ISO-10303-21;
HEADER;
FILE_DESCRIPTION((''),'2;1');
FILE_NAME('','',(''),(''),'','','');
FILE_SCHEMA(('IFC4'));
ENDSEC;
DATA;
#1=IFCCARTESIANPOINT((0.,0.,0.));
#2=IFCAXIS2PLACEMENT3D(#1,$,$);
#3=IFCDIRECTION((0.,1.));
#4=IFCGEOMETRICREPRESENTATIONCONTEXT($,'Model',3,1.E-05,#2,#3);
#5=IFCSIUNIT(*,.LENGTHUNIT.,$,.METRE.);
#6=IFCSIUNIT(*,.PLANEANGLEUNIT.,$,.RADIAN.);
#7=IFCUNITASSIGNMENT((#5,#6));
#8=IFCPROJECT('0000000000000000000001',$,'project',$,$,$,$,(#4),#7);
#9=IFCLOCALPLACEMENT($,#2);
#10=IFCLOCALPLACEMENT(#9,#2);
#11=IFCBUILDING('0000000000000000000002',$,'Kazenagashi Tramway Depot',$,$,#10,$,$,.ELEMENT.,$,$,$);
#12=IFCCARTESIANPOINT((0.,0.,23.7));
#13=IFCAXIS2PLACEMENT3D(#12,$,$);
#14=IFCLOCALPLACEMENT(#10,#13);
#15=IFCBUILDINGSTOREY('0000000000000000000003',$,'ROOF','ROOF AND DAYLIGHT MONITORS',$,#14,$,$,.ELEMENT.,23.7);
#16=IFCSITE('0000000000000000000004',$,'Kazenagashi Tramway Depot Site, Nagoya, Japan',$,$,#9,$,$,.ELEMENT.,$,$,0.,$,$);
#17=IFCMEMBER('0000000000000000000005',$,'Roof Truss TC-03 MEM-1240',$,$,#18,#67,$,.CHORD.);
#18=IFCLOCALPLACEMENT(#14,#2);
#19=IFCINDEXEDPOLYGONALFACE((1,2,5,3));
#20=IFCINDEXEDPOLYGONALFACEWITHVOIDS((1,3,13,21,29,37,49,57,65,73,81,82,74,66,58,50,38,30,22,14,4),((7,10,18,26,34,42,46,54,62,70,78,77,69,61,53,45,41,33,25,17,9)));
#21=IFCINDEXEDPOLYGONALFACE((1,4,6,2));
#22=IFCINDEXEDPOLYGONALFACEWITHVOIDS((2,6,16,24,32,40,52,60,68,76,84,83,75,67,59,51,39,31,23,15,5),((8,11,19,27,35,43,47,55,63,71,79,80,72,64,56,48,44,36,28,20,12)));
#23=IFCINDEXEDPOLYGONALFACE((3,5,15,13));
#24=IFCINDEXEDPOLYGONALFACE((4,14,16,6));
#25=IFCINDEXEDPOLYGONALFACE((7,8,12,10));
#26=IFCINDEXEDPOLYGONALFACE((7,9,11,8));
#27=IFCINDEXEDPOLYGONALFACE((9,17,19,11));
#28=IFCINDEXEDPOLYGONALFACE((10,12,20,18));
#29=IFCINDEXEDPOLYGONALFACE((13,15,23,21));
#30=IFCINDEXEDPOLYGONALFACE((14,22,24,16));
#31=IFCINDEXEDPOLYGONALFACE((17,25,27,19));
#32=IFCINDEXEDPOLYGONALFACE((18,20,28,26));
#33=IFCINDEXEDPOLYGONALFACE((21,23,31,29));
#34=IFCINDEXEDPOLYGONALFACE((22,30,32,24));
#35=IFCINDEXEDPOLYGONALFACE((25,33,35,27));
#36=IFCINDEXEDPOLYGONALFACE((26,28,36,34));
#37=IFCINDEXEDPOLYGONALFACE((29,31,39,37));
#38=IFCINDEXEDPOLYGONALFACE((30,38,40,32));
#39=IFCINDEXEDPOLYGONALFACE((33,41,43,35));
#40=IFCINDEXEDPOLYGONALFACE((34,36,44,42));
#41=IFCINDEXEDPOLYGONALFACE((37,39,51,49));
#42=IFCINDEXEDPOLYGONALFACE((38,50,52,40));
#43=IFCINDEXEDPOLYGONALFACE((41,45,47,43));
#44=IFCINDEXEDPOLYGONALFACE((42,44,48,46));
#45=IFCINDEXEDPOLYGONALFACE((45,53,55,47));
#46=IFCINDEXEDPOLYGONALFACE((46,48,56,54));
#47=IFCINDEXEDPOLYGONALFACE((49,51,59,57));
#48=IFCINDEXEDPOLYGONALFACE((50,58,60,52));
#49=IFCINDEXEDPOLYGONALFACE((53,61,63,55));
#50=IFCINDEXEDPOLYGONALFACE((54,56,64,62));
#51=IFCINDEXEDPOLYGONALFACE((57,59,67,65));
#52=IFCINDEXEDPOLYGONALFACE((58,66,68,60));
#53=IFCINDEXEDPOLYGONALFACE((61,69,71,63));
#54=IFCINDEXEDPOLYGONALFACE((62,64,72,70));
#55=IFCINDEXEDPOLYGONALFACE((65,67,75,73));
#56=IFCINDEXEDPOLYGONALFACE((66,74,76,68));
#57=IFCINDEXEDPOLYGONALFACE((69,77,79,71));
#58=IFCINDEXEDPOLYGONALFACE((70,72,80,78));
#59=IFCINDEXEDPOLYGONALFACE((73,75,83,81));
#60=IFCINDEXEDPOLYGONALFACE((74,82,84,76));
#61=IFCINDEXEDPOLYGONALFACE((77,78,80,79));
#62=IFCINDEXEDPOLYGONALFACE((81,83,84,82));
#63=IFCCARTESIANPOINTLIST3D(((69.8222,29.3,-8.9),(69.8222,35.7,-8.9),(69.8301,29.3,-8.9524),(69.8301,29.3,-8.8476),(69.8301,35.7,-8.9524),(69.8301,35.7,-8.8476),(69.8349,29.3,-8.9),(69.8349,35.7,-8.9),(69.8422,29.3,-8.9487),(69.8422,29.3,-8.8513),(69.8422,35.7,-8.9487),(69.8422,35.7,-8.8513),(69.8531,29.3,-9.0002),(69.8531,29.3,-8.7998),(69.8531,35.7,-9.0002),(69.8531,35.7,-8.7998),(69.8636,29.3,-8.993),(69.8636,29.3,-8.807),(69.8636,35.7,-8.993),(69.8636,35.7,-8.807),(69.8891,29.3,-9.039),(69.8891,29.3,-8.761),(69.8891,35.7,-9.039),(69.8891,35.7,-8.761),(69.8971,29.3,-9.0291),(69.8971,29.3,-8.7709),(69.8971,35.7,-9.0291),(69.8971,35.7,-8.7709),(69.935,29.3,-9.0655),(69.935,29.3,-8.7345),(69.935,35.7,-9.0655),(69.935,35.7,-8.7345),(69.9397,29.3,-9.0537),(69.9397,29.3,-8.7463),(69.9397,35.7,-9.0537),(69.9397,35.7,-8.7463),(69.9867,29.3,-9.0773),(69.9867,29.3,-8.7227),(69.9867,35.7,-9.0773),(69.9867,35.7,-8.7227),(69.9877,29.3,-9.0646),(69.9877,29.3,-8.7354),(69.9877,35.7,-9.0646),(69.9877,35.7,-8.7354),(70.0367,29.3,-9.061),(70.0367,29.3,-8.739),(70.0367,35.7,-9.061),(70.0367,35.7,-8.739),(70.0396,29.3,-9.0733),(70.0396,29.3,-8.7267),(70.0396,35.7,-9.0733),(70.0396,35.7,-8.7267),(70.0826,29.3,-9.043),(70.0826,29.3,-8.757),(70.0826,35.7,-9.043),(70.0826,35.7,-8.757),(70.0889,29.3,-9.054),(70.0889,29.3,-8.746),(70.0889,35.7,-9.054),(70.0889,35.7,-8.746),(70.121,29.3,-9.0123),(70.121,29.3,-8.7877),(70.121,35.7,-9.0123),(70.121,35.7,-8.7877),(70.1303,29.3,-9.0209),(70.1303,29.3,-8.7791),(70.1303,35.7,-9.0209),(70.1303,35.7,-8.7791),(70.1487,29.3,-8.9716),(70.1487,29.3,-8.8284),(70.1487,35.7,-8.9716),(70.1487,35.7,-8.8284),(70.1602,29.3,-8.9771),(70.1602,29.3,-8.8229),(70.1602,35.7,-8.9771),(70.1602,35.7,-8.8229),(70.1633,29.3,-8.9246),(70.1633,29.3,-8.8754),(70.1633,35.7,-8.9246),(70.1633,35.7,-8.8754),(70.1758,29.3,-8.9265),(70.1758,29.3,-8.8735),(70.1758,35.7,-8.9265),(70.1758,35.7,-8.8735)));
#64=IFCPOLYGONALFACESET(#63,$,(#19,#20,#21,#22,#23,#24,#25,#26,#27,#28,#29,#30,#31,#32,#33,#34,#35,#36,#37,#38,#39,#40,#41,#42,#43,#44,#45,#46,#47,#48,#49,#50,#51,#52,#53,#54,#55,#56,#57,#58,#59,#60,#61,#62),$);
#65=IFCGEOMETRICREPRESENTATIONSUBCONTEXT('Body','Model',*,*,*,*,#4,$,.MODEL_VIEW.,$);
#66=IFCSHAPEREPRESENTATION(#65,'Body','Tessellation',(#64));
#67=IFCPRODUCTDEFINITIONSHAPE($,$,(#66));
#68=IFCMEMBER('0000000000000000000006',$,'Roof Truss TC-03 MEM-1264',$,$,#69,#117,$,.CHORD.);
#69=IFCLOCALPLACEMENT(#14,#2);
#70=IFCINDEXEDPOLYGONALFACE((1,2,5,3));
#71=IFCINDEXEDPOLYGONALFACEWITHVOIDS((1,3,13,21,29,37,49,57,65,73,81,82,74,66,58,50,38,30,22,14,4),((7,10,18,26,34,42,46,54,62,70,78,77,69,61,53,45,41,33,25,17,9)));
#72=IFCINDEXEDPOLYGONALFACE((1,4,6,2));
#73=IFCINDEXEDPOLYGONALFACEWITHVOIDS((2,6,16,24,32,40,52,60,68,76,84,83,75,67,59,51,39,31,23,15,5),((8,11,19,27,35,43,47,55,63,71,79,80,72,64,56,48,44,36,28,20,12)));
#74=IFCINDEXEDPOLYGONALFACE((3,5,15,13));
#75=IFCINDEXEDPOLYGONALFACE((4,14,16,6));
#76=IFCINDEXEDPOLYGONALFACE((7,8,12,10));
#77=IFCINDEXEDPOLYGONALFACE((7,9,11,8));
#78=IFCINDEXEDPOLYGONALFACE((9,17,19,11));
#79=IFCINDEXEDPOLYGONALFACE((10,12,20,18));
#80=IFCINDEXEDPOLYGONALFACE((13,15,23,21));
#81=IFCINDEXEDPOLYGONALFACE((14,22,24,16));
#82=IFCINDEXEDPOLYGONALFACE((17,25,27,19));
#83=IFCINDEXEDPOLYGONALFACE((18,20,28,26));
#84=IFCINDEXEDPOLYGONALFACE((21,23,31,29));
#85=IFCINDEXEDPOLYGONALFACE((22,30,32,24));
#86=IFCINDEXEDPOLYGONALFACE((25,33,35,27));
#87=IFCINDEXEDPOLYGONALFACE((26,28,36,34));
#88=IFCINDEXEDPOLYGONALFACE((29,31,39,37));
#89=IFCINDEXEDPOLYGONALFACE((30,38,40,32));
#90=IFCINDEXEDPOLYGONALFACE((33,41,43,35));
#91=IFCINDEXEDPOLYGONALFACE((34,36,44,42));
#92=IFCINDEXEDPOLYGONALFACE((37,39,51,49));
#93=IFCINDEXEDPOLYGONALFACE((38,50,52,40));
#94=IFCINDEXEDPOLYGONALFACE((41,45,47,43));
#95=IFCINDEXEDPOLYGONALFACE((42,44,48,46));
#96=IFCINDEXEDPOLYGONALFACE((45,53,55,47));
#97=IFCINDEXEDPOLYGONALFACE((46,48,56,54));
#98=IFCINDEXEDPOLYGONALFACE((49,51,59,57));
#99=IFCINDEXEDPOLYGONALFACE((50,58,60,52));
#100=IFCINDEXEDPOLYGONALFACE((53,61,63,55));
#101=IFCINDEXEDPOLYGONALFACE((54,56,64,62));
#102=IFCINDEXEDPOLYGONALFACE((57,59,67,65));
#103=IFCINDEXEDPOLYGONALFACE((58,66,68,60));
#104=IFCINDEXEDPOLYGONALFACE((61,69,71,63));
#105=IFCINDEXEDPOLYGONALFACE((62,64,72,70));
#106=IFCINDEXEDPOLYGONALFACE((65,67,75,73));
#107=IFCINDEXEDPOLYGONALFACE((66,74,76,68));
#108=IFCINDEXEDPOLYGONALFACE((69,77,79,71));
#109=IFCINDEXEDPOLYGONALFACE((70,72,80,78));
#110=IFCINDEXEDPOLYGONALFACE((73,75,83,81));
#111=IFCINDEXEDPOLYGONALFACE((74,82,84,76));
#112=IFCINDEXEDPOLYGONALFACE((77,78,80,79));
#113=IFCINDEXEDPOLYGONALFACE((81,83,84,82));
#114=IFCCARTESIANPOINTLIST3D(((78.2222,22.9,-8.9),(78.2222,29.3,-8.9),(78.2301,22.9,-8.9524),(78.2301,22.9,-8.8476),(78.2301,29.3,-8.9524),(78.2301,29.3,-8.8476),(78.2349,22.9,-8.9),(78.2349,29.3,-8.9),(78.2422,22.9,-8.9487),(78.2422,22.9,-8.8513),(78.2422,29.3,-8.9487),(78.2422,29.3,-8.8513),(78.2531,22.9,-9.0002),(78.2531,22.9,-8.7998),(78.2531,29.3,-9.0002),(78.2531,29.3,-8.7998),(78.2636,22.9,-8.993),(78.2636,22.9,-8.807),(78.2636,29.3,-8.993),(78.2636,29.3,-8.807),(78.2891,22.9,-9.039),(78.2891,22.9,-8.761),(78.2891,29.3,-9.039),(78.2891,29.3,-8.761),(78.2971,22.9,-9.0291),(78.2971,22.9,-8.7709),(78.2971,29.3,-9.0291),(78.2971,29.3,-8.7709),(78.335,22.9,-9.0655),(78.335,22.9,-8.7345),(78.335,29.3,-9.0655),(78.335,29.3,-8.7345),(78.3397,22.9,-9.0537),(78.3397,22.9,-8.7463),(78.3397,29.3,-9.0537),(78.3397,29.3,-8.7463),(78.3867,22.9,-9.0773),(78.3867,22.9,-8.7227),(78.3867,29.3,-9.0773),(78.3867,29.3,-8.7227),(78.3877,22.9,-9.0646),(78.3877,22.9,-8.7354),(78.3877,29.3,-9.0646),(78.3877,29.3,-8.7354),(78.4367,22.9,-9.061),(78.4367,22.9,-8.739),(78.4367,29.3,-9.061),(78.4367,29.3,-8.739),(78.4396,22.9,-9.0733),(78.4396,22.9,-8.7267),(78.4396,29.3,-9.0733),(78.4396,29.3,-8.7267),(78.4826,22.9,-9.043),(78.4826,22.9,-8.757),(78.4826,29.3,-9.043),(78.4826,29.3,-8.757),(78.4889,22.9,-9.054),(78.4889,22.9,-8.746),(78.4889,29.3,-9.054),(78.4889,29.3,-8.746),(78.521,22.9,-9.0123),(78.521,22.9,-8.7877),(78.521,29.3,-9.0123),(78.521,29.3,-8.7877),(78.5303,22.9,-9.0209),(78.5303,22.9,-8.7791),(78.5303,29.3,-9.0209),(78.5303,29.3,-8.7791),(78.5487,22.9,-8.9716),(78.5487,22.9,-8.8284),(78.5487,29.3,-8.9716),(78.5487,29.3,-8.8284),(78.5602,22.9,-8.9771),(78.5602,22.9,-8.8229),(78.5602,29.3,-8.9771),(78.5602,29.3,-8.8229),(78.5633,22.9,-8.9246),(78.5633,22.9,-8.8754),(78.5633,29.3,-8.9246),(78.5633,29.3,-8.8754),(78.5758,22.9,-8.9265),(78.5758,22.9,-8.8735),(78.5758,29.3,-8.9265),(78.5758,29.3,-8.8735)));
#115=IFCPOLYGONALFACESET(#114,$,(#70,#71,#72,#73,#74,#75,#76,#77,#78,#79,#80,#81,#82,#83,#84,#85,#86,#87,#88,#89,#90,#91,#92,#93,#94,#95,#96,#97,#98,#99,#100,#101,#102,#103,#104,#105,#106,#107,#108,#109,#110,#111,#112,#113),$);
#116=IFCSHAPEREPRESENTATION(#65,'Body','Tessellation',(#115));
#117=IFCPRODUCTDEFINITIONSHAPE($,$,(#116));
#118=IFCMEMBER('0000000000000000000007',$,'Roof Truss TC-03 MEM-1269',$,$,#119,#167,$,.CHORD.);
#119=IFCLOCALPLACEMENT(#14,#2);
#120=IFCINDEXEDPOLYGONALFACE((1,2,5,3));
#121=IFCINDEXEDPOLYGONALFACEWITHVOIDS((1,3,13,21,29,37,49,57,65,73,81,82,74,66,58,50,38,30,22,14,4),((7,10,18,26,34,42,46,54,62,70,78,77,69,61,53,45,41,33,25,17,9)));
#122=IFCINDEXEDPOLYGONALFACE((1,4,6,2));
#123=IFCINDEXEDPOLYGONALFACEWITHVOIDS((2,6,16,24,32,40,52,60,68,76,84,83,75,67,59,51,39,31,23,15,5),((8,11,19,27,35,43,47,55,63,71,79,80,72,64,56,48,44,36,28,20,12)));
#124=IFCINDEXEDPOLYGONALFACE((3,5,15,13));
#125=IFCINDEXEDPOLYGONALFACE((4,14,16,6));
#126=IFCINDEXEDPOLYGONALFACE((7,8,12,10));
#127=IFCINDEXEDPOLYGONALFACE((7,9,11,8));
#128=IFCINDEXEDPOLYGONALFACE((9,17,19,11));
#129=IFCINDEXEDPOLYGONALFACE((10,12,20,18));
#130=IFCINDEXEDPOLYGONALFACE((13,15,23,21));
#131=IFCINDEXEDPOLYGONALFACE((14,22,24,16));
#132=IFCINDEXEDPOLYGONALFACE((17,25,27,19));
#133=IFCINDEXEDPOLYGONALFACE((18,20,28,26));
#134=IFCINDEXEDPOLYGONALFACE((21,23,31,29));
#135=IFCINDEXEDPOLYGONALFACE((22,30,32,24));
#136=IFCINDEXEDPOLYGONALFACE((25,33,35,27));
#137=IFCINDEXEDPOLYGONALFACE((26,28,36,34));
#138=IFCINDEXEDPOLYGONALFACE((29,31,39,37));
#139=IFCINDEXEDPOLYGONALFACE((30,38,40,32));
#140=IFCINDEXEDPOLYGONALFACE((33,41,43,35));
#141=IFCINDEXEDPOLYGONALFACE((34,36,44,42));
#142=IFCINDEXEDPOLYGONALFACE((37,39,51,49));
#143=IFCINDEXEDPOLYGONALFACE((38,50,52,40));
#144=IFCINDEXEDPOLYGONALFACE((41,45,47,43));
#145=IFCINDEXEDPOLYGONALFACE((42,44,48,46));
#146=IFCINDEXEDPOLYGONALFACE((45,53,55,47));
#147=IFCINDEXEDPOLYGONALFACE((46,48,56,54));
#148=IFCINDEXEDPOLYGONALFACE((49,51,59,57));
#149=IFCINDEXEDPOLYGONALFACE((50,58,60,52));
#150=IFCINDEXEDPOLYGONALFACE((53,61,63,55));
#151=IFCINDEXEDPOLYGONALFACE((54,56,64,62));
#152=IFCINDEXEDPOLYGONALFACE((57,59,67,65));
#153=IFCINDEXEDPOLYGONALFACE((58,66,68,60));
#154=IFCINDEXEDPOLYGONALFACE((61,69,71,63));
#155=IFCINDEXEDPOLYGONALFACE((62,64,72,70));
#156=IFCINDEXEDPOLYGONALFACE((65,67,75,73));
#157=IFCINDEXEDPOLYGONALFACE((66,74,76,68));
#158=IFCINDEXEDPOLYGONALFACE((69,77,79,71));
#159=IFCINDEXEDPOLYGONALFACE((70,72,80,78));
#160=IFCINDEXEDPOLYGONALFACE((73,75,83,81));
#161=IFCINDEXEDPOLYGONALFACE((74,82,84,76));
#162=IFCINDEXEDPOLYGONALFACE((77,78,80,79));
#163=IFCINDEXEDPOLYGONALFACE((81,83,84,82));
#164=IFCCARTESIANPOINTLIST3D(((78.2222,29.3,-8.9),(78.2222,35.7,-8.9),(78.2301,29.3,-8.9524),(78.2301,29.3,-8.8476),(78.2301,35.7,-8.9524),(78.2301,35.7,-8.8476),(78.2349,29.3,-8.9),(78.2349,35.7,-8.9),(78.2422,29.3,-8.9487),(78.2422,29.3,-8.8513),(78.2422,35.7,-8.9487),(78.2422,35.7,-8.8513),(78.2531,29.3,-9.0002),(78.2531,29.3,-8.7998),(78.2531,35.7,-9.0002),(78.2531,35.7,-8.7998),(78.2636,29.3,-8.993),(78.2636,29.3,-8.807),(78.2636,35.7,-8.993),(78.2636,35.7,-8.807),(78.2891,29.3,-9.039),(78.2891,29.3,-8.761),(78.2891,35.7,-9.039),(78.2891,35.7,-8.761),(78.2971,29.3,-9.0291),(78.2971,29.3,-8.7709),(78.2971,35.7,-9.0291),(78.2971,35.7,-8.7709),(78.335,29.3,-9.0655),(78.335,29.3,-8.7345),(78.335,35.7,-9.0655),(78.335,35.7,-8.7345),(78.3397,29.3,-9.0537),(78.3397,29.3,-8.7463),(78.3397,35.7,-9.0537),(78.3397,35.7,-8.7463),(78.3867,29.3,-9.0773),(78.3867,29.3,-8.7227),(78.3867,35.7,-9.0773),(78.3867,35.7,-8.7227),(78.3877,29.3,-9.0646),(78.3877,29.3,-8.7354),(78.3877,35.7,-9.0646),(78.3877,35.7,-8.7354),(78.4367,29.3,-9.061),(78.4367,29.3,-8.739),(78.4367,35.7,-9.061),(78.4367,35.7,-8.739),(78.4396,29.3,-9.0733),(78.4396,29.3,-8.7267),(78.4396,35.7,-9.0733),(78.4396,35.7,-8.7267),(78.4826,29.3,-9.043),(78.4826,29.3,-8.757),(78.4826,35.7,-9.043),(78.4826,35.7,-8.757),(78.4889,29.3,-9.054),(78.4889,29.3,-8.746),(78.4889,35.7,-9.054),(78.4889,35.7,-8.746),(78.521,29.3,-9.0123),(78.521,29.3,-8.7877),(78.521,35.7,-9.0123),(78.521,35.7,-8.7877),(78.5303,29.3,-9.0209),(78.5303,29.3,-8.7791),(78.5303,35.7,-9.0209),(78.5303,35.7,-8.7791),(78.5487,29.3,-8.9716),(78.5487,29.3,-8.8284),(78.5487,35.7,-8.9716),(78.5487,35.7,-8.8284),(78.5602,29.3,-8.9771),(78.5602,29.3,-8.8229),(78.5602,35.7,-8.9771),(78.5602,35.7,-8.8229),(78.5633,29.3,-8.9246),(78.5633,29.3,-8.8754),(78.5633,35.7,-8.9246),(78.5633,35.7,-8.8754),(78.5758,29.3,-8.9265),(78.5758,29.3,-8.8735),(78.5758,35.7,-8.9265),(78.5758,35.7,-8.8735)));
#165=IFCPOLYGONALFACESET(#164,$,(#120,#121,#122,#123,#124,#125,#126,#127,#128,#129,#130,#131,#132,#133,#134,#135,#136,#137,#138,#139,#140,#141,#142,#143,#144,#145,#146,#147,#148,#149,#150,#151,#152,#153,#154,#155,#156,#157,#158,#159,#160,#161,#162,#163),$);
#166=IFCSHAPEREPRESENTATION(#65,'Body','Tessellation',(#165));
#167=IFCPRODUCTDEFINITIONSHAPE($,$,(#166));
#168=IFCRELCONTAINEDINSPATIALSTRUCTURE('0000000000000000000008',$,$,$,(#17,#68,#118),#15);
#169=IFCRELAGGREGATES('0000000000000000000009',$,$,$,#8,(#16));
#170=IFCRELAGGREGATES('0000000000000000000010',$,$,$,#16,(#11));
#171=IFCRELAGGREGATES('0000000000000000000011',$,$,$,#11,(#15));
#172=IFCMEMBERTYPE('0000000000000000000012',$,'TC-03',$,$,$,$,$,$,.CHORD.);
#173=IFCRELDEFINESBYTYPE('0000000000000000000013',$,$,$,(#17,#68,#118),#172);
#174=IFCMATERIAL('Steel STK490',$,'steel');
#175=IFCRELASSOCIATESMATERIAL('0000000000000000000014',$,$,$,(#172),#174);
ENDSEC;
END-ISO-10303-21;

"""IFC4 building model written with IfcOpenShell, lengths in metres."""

from ifc_helpers import new_model, si_unit, direction, frame, origin, origin_2d, place, context, subcontext, project, spatial, hollow_circle, extrude, material, material_profile, profile_set, type_object, element, save


model = new_model("IFC4")

# Units and contexts
model_context = context("Model", 3, precision=1e-05, world=origin(), true_north=direction((0.0, 1.0)))
body_context = subcontext(model_context, "Body", "Model", "MODEL_VIEW")
ifc_project = project(units=[si_unit("LENGTHUNIT", "METRE"), si_unit("PLANEANGLEUNIT", "RADIAN")], contexts=[model_context])

# Site, building, storey
site_placement = place(None, origin())
site = spatial("IfcSite", under=ifc_project, at=site_placement, Name="Kazenagashi Tramway Depot Site, Nagoya, Japan", CompositionType="ELEMENT", RefElevation=0.0)
building_placement = place(site_placement, origin())
building = spatial("IfcBuilding", under=site, at=building_placement, Name="Kazenagashi Tramway Depot", CompositionType="ELEMENT")
storey_placement = place(building_placement, frame((0.0, 0.0, 23.7)))
storey = spatial("IfcBuildingStorey", under=building, at=storey_placement, Name="ROOF", Description="ROOF AND DAYLIGHT MONITORS", CompositionType="ELEMENT", Elevation=23.7)

# Members
ifc_material_1 = material(Name="Steel STK490", Category="steel")
ifc_material_profile_1 = material_profile(ifc_material_1, hollow_circle(Radius=0.1778, WallThickness=0.0127, at=origin_2d()), Name="CHS-355.6x12.7")
ifc_profile_set_1 = profile_set([ifc_material_profile_1], Name="Steel STK490")
member_type_1 = type_object("IfcMemberType", Name="TC-03", PredefinedType="CHORD", material=ifc_profile_set_1)
for number, where, z_axis, x_axis, name in (
    (1, (70.0, 29.3, -8.9), (0.0, 1.0, 0.0), (-1.0, 0.0, 0.0), "Roof Truss TC-03 MEM-1240"),
    (2, (78.4, 22.9, -8.9), (0.0, 1.0, 0.0), (-1.0, 0.0, 0.0), "Roof Truss TC-03 MEM-1264"),
    (3, (78.4, 29.3, -8.9), (0.0, 1.0, 0.0), (-1.0, 0.0, 0.0), "Roof Truss TC-03 MEM-1269"),
):
    element("IfcMember", number, at=place(storey_placement, frame(where, z_axis=z_axis, x_axis=x_axis)), inside=storey, type_object=member_type_1, Name=name, PredefinedType="CHORD", context=body_context, shape_type="SweptSolid", body=[
        extrude(hollow_circle(Radius=0.1778, WallThickness=0.0127, at=origin_2d()), origin(), (0.0, 0.0, 1.0), 6.4),
    ])

save(model, "model.ifc")
